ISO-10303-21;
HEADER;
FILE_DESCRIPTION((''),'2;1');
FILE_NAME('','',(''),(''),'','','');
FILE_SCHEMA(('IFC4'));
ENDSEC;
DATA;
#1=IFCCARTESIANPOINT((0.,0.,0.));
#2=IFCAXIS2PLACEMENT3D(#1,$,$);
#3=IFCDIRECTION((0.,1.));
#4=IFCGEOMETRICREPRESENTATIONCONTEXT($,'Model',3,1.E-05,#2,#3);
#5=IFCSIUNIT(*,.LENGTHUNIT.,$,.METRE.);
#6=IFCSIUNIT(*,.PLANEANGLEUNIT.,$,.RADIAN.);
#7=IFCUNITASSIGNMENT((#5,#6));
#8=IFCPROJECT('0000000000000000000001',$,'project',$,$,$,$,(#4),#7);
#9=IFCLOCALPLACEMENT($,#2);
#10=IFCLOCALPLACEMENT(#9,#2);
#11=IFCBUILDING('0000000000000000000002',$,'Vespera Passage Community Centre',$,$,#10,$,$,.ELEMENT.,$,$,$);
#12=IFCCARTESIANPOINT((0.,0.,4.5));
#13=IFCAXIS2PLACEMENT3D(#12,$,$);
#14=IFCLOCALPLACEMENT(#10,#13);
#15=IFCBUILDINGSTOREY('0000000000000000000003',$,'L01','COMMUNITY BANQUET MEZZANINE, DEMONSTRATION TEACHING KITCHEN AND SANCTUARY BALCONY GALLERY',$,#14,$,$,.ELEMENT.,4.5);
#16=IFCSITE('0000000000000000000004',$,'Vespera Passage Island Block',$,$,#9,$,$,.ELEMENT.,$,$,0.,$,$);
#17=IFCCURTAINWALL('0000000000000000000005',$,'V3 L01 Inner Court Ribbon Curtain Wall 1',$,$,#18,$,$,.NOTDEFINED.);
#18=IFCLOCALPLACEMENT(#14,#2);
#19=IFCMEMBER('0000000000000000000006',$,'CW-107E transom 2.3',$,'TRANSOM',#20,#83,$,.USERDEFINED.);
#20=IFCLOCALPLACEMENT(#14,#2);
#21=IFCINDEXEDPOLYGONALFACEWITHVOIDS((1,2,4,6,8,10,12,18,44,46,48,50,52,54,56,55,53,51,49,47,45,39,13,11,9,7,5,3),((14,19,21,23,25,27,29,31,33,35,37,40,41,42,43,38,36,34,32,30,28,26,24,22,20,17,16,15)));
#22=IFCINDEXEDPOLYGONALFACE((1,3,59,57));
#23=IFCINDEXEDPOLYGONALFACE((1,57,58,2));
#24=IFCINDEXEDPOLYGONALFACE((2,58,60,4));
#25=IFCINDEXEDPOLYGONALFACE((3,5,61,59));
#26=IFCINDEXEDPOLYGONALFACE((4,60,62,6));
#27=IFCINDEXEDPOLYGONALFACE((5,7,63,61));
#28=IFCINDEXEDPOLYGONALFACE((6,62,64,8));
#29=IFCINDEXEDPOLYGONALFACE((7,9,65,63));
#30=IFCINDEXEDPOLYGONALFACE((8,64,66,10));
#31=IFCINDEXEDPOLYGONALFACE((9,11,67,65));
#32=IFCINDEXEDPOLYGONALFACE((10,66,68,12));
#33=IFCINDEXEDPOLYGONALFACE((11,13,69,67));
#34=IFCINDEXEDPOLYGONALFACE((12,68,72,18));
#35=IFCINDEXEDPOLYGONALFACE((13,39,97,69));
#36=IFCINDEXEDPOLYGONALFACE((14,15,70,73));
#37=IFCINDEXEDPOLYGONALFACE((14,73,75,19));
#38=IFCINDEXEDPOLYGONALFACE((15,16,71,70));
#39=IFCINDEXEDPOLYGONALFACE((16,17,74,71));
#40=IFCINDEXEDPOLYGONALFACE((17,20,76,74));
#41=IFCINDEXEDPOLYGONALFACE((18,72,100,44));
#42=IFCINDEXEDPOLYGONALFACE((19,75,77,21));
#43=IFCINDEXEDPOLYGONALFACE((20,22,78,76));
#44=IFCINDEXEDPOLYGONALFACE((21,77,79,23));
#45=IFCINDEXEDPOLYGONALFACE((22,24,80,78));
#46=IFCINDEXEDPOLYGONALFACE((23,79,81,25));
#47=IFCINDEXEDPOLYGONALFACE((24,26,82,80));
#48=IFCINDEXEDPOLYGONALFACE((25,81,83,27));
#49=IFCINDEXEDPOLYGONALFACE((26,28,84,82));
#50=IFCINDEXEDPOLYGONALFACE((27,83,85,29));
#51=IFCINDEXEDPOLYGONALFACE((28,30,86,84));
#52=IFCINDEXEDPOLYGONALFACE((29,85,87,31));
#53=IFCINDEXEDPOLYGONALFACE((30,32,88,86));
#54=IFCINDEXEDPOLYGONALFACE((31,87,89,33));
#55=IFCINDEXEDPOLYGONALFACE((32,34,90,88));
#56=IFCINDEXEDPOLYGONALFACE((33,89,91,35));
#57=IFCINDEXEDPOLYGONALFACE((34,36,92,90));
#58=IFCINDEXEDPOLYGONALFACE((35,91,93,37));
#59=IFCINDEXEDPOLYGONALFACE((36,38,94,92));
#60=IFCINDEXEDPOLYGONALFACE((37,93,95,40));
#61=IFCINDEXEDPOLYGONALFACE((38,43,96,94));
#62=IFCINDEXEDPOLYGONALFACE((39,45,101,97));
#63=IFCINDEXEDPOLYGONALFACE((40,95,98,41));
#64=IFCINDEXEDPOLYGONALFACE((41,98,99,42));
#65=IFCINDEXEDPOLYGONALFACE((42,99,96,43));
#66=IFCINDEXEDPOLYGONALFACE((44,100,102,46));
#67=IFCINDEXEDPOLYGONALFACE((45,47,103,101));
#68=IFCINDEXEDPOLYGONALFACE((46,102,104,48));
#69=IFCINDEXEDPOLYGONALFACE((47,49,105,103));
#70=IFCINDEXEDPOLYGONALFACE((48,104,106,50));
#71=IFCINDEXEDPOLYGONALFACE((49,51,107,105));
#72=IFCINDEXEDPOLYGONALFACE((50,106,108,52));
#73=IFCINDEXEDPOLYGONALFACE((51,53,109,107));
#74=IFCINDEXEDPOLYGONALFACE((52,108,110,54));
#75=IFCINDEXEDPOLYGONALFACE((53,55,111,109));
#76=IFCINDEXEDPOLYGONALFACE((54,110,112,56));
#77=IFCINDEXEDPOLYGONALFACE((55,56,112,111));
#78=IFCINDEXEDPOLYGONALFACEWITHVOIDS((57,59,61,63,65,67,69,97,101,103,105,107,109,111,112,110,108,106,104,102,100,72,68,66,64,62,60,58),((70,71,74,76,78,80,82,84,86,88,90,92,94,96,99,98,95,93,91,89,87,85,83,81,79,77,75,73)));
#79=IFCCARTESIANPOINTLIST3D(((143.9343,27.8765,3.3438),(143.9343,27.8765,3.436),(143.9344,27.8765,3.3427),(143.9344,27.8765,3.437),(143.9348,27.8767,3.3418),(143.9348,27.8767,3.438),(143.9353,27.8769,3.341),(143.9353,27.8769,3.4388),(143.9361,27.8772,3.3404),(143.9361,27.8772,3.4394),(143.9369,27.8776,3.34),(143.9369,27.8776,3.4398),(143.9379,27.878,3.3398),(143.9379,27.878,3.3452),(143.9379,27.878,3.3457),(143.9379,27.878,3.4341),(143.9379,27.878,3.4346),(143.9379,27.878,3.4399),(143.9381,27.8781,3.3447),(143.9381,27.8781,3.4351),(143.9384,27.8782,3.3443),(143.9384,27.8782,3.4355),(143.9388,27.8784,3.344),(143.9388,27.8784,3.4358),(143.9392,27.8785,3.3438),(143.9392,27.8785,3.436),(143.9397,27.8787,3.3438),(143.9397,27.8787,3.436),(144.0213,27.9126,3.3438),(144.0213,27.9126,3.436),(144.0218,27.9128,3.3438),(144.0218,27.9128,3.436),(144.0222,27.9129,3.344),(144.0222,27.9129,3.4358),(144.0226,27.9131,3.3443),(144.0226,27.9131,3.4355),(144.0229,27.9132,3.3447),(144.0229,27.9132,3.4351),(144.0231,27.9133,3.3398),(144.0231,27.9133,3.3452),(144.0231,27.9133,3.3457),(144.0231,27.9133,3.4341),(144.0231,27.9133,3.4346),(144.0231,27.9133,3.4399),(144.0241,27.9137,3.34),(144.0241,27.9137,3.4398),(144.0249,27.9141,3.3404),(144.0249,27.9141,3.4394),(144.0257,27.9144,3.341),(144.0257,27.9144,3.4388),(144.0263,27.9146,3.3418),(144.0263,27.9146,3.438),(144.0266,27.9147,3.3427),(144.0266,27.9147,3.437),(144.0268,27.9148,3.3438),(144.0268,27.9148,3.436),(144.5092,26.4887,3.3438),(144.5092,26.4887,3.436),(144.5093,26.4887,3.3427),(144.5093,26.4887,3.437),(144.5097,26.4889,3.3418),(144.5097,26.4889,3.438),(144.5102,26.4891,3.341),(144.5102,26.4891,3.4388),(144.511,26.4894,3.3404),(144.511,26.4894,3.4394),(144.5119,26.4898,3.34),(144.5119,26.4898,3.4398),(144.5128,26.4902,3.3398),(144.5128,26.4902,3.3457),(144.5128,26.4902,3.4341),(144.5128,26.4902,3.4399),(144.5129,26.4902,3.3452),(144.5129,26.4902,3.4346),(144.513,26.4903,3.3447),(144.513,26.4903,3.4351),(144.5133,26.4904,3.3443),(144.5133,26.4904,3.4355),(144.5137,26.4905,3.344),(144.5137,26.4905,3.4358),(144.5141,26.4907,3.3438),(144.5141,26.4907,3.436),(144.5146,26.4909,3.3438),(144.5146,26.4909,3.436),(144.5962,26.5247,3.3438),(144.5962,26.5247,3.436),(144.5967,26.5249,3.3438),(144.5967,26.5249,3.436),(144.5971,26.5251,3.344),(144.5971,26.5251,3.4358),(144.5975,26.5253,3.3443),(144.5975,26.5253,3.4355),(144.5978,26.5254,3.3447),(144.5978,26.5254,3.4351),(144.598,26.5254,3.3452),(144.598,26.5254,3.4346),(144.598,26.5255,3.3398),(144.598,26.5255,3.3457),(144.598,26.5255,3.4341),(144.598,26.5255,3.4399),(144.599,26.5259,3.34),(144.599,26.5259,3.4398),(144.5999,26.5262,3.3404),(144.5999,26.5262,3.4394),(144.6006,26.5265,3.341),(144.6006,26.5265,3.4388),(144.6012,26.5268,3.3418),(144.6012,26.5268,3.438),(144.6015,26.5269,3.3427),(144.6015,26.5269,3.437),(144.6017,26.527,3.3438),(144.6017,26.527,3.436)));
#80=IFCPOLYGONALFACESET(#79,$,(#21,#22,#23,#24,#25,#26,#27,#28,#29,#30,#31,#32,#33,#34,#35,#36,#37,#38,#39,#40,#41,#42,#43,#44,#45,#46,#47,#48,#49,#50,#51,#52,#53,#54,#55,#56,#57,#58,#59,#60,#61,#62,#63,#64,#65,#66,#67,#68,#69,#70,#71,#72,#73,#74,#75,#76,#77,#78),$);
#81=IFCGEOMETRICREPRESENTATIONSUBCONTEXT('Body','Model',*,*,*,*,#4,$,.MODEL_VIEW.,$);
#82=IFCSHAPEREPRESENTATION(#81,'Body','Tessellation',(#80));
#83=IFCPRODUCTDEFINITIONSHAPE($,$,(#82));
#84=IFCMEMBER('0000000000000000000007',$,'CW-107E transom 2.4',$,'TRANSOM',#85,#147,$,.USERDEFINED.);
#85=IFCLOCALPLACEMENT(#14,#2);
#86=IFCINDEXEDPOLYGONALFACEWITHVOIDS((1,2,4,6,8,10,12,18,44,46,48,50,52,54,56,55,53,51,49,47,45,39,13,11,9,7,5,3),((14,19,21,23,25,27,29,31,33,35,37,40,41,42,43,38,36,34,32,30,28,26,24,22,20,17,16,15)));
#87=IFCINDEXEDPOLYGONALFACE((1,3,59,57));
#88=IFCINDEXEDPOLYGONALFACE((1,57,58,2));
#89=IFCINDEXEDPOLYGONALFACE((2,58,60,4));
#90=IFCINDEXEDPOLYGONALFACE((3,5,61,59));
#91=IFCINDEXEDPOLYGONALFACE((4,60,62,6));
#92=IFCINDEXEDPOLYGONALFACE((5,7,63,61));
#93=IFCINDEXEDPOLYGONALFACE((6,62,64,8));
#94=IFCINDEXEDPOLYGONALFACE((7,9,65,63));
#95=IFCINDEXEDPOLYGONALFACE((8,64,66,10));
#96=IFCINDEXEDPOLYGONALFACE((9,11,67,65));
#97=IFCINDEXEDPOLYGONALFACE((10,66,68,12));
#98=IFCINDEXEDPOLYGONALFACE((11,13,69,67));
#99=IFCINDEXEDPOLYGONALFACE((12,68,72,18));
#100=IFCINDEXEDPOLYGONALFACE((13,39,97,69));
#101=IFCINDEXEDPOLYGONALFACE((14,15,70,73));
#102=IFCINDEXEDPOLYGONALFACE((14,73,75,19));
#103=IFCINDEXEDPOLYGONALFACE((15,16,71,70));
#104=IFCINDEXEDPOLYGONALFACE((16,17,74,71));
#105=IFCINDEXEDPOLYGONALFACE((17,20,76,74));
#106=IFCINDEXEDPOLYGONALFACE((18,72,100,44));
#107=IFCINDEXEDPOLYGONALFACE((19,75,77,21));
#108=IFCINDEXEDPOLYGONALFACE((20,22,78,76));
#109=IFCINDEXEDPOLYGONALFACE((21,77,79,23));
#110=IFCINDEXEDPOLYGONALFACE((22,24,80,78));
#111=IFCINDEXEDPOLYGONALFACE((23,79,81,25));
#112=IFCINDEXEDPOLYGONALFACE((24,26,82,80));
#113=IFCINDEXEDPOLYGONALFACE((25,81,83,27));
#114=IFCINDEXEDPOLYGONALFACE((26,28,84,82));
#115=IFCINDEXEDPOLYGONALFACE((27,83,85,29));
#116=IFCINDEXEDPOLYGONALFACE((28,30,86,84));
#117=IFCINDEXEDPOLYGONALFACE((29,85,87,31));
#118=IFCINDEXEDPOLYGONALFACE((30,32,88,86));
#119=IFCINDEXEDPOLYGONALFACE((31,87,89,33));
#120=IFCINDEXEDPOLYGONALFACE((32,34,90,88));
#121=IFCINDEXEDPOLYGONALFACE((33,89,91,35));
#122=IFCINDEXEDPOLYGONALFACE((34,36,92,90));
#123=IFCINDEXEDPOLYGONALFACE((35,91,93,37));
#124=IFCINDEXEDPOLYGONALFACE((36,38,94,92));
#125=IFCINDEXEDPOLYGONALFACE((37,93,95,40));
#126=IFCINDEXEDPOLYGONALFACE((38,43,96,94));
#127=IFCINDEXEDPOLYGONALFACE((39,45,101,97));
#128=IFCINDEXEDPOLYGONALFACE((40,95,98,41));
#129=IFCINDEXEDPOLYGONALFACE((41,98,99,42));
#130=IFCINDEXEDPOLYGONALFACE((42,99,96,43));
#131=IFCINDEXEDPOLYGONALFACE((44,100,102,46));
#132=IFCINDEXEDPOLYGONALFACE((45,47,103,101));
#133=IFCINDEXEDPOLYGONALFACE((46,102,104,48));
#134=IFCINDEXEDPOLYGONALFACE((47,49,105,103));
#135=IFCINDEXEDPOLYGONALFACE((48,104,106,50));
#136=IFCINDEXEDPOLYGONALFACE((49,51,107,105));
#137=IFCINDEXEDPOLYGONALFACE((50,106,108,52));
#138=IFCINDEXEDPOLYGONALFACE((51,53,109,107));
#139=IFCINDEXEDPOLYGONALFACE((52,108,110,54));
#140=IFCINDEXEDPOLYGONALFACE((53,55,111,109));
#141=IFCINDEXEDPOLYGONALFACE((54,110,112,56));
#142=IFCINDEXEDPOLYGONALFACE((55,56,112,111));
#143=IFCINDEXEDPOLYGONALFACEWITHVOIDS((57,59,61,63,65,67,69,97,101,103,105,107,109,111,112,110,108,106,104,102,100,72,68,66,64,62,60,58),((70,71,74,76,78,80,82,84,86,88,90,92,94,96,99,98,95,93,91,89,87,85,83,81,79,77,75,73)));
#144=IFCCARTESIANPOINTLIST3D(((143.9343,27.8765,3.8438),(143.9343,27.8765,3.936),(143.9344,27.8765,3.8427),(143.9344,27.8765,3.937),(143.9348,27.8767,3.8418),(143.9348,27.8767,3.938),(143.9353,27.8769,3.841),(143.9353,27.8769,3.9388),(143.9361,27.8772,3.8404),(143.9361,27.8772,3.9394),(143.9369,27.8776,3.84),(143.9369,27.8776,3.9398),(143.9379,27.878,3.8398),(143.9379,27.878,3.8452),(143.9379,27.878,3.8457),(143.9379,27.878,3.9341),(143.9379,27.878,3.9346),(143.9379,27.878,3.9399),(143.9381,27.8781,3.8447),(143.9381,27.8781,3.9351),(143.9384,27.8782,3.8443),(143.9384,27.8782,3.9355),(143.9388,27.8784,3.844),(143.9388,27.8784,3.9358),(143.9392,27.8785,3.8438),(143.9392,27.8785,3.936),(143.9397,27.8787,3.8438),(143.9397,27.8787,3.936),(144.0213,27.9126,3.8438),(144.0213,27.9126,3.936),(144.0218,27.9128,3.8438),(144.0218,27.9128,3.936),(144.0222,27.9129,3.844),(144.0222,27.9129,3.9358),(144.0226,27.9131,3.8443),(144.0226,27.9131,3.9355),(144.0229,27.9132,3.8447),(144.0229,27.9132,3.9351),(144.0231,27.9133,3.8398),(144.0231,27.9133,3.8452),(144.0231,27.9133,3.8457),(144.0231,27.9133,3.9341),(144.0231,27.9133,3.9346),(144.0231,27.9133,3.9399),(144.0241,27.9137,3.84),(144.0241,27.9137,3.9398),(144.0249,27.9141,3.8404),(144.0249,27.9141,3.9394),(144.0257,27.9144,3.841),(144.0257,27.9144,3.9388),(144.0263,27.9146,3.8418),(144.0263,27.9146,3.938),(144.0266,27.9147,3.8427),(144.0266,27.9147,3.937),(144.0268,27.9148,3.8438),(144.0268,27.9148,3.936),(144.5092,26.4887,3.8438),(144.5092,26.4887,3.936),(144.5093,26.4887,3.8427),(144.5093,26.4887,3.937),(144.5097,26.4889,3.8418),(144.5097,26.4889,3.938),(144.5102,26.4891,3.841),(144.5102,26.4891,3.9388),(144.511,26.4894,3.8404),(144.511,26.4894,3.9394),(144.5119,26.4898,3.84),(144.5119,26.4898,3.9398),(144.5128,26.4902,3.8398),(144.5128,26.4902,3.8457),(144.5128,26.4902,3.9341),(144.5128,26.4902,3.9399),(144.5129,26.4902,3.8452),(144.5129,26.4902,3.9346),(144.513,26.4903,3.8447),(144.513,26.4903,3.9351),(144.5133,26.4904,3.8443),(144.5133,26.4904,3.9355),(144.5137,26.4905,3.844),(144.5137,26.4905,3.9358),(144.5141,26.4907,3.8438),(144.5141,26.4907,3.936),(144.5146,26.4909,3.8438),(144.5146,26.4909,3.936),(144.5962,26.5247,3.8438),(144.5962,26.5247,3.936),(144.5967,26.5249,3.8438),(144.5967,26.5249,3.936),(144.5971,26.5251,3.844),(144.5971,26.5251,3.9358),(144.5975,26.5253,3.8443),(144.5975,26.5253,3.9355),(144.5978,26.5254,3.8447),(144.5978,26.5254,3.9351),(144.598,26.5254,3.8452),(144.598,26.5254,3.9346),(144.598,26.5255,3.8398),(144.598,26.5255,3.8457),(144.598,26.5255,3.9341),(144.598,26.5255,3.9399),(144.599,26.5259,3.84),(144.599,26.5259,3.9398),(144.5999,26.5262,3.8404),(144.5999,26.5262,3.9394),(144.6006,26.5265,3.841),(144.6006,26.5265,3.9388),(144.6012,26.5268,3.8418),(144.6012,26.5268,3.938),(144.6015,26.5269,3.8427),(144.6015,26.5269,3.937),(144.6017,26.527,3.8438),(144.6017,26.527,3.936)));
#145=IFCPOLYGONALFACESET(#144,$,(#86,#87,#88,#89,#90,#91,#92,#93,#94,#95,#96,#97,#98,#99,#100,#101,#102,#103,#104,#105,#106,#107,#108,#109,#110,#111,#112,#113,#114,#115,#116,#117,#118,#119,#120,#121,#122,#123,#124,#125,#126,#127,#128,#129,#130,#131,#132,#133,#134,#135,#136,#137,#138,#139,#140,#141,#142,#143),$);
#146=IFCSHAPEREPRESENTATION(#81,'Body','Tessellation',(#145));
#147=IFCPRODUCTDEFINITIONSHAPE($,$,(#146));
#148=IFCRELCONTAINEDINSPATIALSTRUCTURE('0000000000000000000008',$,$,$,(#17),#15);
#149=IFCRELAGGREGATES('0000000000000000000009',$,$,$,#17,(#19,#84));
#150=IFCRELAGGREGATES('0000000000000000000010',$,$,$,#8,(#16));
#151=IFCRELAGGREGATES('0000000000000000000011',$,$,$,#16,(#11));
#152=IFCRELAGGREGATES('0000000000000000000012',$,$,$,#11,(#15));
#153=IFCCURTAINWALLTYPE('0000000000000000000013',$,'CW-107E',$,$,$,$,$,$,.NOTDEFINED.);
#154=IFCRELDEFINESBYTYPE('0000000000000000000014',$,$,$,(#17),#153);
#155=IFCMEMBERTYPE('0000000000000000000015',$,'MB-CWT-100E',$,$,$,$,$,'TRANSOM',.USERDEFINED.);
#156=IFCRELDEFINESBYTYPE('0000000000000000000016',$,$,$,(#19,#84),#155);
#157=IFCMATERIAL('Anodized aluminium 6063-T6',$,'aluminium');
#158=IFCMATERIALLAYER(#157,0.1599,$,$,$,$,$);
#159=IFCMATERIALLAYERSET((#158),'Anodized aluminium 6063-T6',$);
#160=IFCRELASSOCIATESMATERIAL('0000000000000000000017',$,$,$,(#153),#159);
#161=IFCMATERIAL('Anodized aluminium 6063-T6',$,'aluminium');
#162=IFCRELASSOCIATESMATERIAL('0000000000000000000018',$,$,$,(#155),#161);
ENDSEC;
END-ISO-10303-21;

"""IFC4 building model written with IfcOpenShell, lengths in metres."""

from ifc_helpers import new_model, si_unit, direction, frame, origin, origin_2d, place, context, subcontext, project, spatial, hollow_rectangle, extrude, material, layer, layer_set, material_profile, profile_set, type_object, element, aggregate, save


model = new_model("IFC4")

# Units and contexts
model_context = context("Model", 3, precision=1e-05, world=origin(), true_north=direction((0.0, 1.0)))
body_context = subcontext(model_context, "Body", "Model", "MODEL_VIEW")
ifc_project = project(units=[si_unit("LENGTHUNIT", "METRE"), si_unit("PLANEANGLEUNIT", "RADIAN")], contexts=[model_context])

# Site, building, storey
site_placement = place(None, origin())
site = spatial("IfcSite", under=ifc_project, at=site_placement, Name="Vespera Passage Island Block", CompositionType="ELEMENT", RefElevation=0.0)
building_placement = place(site_placement, origin())
building = spatial("IfcBuilding", under=site, at=building_placement, Name="Vespera Passage Community Centre", CompositionType="ELEMENT")
storey_placement = place(building_placement, frame((0.0, 0.0, 4.5)))
storey = spatial("IfcBuildingStorey", under=building, at=storey_placement, Name="L01", Description="COMMUNITY BANQUET MEZZANINE, DEMONSTRATION TEACHING KITCHEN AND SANCTUARY BALCONY GALLERY", CompositionType="ELEMENT", Elevation=4.5)

# Curtain wall
ifc_material_1 = material(Name="Anodized aluminium 6063-T6", Category="aluminium")
ifc_layer_1 = layer(ifc_material_1, 0.1599)
ifc_layer_set_1 = layer_set([ifc_layer_1], Name="Anodized aluminium 6063-T6")
curtain_wall_type = type_object("IfcCurtainWallType", Name="CW-107E", PredefinedType="NOTDEFINED", material=ifc_layer_set_1)
curtain_wall_1_placement = place(storey_placement, origin())
curtain_wall_1 = element("IfcCurtainWall", 1, at=curtain_wall_1_placement, inside=storey, type_object=curtain_wall_type, Name="V3 L01 Inner Court Ribbon Curtain Wall 1", PredefinedType="NOTDEFINED")

# Members
ifc_material_2 = material(Name="Anodized aluminium 6063-T6", Category="aluminium")
ifc_material_profile_1 = material_profile(ifc_material_2, hollow_rectangle(XDim=0.1001, YDim=0.1001, WallThickness=0.0039, InnerFilletRadius=0.002, OuterFilletRadius=0.0039, at=origin_2d()), Name="ALU100X100X4")
ifc_profile_set_1 = profile_set([ifc_material_profile_1], Name="Anodized aluminium 6063-T6")
member_type_1 = type_object("IfcMemberType", Name="MB-CWT-100E", ElementType="TRANSOM", PredefinedType="USERDEFINED", material=ifc_profile_set_1)
member_1_placement = place(storey_placement, frame((144.5554, 26.5078, 3.3899), z_axis=(-0.382711, 0.923868, 0.0), x_axis=(-0.923868, -0.382711, 0.0)))
member_1 = element("IfcMember", 2, at=member_1_placement, type_object=member_type_1, Name="CW-107E transom 2.3", ObjectType="TRANSOM", PredefinedType="USERDEFINED", context=body_context, shape_type="SweptSolid", body=[
    extrude(hollow_rectangle(XDim=0.1001, YDim=0.1001, WallThickness=0.0039, InnerFilletRadius=0.002, OuterFilletRadius=0.0039, at=origin_2d()), origin(), (0.0, 0.0, 1.0), 1.5022),
])
member_2_placement = place(storey_placement, frame((144.5554, 26.5078, 3.8899), z_axis=(-0.382711, 0.923868, 0.0), x_axis=(-0.923868, -0.382711, 0.0)))
member_2 = element("IfcMember", 3, at=member_2_placement, type_object=member_type_1, Name="CW-107E transom 2.4", ObjectType="TRANSOM", PredefinedType="USERDEFINED", context=body_context, shape_type="SweptSolid", body=[
    extrude(hollow_rectangle(XDim=0.1001, YDim=0.1001, WallThickness=0.0039, InnerFilletRadius=0.002, OuterFilletRadius=0.0039, at=origin_2d()), origin(), (0.0, 0.0, 1.0), 1.5022),
])

aggregate(curtain_wall_1, [member_1, member_2])

save(model, "model.ifc")
